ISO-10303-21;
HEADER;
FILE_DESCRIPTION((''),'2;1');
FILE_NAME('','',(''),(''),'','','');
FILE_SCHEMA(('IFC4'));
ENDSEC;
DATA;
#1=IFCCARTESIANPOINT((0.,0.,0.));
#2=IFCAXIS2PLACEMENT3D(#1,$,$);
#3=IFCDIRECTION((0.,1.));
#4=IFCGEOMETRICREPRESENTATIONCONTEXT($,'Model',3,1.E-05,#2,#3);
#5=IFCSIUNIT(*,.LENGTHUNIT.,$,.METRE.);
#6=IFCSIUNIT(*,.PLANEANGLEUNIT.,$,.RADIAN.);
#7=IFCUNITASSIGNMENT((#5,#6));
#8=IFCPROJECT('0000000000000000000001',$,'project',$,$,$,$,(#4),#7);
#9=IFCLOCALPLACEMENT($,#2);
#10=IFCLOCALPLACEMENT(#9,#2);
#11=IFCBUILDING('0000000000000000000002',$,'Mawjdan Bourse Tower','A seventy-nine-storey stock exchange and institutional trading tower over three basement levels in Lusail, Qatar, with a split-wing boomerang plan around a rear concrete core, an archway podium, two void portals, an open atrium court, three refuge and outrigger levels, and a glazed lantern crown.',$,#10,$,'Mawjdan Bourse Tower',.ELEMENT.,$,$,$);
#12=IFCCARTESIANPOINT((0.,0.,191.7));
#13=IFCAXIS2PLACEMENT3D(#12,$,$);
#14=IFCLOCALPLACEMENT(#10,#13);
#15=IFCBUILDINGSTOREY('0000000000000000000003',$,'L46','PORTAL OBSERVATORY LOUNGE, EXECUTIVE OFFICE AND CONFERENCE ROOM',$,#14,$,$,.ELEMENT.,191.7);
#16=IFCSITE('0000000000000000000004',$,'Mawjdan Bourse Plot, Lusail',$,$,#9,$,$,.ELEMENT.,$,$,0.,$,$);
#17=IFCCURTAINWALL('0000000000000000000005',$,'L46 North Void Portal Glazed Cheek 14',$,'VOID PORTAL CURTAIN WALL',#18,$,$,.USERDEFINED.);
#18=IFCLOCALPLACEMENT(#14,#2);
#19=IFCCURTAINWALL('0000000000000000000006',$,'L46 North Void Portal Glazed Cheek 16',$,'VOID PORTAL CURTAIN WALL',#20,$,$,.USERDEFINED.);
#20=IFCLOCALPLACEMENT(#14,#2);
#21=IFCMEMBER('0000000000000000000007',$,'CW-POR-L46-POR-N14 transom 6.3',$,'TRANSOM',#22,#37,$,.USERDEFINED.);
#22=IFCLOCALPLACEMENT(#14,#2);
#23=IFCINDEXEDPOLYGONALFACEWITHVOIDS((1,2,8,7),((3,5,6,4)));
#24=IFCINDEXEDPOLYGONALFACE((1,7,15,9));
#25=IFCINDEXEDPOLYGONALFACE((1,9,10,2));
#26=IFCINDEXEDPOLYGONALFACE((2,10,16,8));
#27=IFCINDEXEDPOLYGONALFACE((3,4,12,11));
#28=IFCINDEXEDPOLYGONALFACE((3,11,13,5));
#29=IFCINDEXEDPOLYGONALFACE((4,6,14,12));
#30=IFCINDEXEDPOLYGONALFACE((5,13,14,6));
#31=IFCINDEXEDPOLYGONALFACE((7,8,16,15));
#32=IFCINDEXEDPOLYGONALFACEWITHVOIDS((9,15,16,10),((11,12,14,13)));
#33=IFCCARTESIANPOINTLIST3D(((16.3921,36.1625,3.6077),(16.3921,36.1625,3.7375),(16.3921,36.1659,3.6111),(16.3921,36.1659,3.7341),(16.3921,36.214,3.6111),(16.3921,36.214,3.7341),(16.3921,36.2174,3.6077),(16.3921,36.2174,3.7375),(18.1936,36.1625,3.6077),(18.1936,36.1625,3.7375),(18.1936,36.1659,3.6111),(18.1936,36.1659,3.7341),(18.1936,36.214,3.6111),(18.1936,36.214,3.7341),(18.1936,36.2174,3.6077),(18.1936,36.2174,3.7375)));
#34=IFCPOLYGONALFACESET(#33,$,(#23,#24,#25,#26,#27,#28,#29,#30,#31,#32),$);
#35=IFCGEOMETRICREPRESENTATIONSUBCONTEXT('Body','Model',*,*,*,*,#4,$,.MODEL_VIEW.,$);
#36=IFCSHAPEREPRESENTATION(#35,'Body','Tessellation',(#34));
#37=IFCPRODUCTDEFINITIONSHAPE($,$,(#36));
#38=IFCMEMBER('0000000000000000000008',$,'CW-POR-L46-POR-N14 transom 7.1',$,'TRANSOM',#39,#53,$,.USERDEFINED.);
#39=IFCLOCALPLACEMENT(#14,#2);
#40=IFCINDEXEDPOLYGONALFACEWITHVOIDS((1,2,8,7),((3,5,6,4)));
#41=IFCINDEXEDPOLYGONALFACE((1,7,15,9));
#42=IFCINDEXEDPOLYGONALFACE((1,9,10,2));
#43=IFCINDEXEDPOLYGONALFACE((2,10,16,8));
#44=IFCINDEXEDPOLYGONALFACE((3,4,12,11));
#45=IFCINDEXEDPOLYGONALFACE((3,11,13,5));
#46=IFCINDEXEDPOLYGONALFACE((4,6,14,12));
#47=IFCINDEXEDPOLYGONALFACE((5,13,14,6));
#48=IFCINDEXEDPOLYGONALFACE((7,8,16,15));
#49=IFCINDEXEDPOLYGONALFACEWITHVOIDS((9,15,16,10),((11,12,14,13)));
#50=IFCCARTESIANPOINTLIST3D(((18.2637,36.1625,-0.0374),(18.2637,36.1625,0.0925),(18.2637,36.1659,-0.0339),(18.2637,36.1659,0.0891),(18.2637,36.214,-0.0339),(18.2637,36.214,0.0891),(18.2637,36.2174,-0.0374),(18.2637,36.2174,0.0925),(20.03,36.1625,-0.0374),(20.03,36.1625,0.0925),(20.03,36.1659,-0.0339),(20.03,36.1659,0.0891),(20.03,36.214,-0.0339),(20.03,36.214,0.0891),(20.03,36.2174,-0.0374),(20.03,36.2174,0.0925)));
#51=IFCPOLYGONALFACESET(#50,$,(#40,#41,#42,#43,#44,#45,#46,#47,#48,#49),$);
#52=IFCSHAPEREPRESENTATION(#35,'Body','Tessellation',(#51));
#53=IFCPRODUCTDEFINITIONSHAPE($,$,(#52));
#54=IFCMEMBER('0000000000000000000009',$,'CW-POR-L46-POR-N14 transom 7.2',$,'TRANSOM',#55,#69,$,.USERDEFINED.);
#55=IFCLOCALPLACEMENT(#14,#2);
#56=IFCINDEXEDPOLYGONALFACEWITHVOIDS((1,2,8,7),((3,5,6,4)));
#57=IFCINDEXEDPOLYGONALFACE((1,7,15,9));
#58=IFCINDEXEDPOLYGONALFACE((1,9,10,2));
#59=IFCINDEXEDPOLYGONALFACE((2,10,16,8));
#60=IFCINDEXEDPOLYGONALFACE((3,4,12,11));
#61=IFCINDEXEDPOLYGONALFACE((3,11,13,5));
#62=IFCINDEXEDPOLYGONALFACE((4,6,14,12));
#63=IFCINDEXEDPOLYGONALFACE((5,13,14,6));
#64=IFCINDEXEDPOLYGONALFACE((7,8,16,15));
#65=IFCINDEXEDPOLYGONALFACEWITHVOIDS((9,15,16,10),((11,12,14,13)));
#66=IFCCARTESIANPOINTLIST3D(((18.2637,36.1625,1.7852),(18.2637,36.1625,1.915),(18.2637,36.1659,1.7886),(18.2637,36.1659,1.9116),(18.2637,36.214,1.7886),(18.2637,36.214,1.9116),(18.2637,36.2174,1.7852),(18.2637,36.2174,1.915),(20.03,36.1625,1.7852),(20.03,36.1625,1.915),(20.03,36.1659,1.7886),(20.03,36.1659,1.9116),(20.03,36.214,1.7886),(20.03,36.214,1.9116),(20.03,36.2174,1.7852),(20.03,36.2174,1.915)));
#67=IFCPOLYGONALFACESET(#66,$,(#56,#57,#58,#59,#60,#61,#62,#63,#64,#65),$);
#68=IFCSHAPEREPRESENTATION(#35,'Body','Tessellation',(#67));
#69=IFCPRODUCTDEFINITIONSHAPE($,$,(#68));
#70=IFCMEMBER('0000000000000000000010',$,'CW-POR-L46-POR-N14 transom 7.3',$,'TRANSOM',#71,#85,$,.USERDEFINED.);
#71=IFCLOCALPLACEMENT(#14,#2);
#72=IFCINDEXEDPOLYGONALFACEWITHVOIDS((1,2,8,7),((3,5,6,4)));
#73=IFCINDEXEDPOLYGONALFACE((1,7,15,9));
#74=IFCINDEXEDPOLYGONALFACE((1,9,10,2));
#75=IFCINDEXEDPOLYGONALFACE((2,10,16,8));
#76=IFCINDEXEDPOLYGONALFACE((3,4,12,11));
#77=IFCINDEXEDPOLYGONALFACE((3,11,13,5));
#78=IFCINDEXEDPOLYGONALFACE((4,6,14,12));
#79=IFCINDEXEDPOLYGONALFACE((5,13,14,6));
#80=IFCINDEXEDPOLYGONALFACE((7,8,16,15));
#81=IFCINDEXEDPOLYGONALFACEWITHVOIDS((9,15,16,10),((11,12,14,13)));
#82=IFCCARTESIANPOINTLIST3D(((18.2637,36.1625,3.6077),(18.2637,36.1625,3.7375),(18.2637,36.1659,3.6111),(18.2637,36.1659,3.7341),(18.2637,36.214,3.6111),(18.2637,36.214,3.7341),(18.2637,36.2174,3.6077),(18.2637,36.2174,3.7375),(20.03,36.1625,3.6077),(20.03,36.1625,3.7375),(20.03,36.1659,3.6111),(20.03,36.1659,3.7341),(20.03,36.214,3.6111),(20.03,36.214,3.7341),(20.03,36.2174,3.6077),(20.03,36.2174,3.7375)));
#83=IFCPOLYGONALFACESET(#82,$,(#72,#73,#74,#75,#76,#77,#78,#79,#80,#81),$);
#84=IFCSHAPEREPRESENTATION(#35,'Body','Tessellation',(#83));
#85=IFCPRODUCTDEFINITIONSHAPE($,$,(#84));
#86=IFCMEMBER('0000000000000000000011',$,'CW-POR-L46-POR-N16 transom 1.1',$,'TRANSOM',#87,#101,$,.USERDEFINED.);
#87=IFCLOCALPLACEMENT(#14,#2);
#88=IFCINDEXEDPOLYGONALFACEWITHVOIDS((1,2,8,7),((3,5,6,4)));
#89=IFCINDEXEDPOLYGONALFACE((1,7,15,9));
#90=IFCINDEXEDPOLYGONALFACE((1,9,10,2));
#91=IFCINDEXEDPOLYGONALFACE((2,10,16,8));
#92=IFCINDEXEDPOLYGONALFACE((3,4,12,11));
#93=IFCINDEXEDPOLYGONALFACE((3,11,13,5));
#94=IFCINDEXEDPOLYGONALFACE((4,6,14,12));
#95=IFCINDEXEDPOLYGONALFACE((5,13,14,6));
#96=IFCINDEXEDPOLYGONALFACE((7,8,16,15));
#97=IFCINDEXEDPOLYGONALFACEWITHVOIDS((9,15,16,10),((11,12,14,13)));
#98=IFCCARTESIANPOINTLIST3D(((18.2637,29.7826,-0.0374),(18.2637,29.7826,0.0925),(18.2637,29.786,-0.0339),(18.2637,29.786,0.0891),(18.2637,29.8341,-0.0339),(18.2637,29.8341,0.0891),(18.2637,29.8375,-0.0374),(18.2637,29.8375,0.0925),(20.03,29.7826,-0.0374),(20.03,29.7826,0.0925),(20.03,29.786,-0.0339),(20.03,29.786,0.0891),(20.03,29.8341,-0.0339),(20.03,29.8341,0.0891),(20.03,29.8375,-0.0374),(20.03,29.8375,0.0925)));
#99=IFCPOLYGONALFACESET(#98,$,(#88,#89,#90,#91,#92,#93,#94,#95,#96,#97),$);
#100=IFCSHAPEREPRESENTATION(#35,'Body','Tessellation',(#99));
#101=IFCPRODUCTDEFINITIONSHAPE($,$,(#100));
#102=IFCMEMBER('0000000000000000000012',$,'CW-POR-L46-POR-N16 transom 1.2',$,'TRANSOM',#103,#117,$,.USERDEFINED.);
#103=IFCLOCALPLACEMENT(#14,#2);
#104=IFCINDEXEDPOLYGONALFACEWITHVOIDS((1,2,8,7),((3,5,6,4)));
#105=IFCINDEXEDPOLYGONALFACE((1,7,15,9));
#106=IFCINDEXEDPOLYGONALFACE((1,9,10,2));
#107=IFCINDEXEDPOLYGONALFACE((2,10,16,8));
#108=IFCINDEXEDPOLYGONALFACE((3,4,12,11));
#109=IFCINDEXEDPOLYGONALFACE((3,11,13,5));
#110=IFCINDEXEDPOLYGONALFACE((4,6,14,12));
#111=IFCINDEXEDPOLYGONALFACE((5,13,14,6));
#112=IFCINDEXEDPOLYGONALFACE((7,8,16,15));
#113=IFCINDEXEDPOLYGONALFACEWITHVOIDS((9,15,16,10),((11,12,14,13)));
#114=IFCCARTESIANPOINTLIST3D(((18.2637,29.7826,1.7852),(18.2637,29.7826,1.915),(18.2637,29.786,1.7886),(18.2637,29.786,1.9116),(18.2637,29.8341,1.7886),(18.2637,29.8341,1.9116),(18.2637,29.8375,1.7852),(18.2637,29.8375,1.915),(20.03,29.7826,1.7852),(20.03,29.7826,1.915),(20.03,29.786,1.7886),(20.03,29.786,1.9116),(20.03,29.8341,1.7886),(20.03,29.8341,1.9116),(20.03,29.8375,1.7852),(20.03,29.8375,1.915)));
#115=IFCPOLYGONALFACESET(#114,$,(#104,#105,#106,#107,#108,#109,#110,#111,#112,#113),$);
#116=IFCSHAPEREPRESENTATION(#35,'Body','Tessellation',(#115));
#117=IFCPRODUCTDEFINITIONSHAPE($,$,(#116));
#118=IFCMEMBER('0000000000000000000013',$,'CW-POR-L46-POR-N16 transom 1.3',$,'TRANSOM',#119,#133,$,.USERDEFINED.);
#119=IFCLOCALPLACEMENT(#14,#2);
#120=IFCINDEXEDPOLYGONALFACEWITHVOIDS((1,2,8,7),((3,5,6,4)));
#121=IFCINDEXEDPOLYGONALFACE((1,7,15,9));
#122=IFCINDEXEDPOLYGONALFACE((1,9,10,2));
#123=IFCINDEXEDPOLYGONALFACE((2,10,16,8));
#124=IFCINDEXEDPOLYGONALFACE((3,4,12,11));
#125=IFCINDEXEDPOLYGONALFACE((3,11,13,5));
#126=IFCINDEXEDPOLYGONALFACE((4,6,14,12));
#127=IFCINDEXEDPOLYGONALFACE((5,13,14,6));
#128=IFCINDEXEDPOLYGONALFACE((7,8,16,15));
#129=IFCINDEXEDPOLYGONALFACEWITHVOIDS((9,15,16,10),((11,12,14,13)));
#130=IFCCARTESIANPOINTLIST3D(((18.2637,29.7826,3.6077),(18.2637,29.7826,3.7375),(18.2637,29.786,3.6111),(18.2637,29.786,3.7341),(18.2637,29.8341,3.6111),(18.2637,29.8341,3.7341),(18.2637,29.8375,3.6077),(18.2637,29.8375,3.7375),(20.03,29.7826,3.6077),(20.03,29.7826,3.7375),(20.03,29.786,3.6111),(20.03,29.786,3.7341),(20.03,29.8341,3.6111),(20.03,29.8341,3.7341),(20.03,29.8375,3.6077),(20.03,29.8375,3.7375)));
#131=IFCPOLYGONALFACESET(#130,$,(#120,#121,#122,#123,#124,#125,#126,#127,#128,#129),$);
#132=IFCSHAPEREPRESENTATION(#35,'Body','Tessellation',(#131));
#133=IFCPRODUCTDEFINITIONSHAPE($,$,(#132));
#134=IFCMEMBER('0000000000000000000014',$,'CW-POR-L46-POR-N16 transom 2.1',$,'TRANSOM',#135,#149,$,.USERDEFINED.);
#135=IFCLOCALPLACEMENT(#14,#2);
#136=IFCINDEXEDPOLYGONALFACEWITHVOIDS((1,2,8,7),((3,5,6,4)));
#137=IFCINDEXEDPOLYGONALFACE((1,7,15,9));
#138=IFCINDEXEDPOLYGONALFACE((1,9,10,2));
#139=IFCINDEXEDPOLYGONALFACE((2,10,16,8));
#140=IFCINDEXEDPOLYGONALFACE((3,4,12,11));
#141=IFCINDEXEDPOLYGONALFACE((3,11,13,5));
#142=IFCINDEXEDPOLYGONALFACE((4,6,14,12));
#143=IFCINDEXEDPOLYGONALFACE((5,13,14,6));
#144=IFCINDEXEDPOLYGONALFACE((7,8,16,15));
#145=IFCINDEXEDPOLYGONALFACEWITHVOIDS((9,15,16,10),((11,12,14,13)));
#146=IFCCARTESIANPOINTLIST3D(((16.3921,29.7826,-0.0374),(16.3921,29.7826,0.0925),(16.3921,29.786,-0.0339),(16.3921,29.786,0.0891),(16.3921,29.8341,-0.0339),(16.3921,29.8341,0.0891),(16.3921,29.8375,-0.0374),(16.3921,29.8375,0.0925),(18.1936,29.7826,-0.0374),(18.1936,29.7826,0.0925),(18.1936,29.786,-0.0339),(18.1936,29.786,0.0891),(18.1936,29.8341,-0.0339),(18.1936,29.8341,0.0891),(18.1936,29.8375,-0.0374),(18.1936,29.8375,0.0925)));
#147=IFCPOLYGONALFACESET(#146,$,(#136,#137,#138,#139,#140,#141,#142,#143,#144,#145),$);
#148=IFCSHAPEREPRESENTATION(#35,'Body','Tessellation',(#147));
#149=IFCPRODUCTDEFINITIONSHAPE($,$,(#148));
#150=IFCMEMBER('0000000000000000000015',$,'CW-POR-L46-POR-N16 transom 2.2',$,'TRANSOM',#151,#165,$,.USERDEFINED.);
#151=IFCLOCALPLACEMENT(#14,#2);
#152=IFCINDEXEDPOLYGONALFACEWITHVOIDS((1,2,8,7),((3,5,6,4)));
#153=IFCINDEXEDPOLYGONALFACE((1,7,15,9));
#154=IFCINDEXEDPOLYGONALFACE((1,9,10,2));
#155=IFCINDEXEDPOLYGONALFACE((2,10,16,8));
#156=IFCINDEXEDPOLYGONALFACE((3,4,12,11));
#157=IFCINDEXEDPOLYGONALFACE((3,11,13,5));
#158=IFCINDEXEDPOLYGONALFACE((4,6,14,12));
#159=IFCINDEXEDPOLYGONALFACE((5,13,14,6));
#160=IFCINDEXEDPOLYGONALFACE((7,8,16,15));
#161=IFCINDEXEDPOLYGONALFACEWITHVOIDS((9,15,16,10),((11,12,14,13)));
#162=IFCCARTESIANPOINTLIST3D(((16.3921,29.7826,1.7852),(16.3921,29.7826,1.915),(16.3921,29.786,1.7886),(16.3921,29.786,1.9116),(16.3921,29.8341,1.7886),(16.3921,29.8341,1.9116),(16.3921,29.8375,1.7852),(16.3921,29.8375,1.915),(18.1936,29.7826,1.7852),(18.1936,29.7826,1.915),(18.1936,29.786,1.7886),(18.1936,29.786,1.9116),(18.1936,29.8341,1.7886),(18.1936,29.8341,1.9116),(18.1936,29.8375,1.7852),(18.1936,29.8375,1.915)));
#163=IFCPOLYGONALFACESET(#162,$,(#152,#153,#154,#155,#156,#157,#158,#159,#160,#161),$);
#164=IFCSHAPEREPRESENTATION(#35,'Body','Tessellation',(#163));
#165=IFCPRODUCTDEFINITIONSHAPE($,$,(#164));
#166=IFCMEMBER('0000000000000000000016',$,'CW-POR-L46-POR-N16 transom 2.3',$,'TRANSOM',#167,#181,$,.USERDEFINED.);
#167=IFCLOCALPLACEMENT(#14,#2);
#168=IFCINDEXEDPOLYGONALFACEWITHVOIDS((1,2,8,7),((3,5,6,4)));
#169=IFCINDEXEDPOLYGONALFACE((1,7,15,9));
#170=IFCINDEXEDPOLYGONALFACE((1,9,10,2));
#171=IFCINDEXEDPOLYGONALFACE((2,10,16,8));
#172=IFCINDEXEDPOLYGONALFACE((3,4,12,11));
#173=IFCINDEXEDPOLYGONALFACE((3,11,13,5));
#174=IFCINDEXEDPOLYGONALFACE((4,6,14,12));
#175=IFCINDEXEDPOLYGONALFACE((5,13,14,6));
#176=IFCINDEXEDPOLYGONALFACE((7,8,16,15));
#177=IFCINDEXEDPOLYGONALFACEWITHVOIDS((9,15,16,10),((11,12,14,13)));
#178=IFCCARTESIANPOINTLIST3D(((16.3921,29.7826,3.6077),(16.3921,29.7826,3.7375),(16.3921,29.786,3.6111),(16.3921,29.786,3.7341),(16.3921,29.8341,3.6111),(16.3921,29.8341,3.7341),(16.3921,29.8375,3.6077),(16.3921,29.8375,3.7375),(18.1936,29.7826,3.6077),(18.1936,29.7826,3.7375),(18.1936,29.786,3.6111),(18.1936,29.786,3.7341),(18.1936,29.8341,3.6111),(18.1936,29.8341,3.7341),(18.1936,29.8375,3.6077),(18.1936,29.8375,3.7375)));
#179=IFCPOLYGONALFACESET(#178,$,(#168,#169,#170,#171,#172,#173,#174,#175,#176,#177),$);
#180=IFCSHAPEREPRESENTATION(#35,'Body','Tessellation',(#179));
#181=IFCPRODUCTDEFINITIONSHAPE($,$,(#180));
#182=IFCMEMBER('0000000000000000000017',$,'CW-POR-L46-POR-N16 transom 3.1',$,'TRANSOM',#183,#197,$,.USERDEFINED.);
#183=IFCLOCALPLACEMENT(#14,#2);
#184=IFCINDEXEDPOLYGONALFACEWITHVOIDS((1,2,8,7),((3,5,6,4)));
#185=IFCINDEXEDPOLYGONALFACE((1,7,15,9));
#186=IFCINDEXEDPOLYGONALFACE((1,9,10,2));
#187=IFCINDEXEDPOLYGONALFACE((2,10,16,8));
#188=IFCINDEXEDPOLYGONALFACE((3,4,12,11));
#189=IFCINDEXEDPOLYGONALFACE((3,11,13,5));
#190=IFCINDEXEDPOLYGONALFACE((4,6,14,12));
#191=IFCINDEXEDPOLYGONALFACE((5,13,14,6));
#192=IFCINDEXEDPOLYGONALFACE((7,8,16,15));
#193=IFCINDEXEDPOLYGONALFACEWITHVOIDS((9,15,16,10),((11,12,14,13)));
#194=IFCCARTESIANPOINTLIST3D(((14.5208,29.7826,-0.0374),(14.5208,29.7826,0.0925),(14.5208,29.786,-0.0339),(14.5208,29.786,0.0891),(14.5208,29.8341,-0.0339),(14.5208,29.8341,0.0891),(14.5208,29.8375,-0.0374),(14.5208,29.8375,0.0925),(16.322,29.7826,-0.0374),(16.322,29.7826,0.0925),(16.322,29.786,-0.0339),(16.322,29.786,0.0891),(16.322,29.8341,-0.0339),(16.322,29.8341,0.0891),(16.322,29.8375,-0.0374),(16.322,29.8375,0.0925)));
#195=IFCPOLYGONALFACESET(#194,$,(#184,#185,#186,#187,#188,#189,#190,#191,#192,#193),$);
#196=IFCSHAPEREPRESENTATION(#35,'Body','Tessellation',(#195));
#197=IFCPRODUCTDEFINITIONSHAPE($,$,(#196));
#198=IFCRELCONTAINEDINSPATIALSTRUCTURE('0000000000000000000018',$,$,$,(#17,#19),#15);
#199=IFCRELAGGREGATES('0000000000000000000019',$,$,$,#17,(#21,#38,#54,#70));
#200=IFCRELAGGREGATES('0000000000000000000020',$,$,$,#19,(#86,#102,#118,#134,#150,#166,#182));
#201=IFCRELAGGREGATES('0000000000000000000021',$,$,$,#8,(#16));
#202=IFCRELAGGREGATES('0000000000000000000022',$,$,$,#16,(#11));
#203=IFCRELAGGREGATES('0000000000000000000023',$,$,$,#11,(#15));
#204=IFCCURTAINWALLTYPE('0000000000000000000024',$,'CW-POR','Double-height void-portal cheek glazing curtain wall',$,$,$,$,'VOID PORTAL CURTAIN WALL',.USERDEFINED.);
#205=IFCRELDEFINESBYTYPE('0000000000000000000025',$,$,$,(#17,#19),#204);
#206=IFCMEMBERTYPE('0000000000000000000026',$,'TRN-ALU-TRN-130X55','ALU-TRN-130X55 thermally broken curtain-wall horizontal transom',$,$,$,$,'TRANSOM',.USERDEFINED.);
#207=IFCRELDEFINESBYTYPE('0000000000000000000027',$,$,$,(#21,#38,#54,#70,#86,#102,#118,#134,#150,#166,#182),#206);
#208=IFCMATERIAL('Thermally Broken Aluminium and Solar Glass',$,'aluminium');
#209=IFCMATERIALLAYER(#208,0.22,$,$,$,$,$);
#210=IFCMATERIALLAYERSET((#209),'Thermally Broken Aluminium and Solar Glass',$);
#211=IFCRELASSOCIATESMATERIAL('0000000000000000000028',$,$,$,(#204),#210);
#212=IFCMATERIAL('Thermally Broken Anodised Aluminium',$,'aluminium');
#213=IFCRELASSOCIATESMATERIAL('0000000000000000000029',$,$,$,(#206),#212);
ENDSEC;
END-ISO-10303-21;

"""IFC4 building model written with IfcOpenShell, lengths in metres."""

from ifc_helpers import new_model, si_unit, direction, frame, origin, origin_2d, place, context, subcontext, project, spatial, hollow_rectangle, extrude, material, layer, layer_set, material_profile, profile_set, type_object, element, aggregate, save


model = new_model("IFC4")

# Units and contexts
model_context = context("Model", 3, precision=1e-05, world=origin(), true_north=direction((0.0, 1.0)))
body_context = subcontext(model_context, "Body", "Model", "MODEL_VIEW")
ifc_project = project(units=[si_unit("LENGTHUNIT", "METRE"), si_unit("PLANEANGLEUNIT", "RADIAN")], contexts=[model_context])

# Site, building, storey
site_placement = place(None, origin())
site = spatial("IfcSite", under=ifc_project, at=site_placement, Name="Mawjdan Bourse Plot, Lusail", CompositionType="ELEMENT", RefElevation=0.0)
building_placement = place(site_placement, origin())
building = spatial("IfcBuilding", under=site, at=building_placement, Name="Mawjdan Bourse Tower", Description="A seventy-nine-storey stock exchange and institutional trading tower over three basement levels in Lusail, Qatar, with a split-wing boomerang plan around a rear concrete core, an archway podium, two void portals, an open atrium court, three refuge and outrigger levels, and a glazed lantern crown.", LongName="Mawjdan Bourse Tower", CompositionType="ELEMENT")
storey_placement = place(building_placement, frame((0.0, 0.0, 191.7)))
storey = spatial("IfcBuildingStorey", under=building, at=storey_placement, Name="L46", Description="PORTAL OBSERVATORY LOUNGE, EXECUTIVE OFFICE AND CONFERENCE ROOM", CompositionType="ELEMENT", Elevation=191.7)

# Curtain walls
ifc_material_1 = material(Name="Thermally Broken Aluminium and Solar Glass", Category="aluminium")
ifc_layer_1 = layer(ifc_material_1, 0.22)
ifc_layer_set_1 = layer_set([ifc_layer_1], Name="Thermally Broken Aluminium and Solar Glass")
curtain_wall_type = type_object("IfcCurtainWallType", Name="CW-POR", Description="Double-height void-portal cheek glazing curtain wall", ElementType="VOID PORTAL CURTAIN WALL", PredefinedType="USERDEFINED", material=ifc_layer_set_1)
curtain_wall_1_placement = place(storey_placement, origin())
curtain_wall_1 = element("IfcCurtainWall", 1, at=curtain_wall_1_placement, inside=storey, type_object=curtain_wall_type, Name="L46 North Void Portal Glazed Cheek 14", ObjectType="VOID PORTAL CURTAIN WALL", PredefinedType="USERDEFINED")
ifc_material_2 = material(Name="Thermally Broken Anodised Aluminium", Category="aluminium")
curtain_wall_2_placement = place(storey_placement, origin())
curtain_wall_2 = element("IfcCurtainWall", 2, at=curtain_wall_2_placement, inside=storey, type_object=curtain_wall_type, Name="L46 North Void Portal Glazed Cheek 16", ObjectType="VOID PORTAL CURTAIN WALL", PredefinedType="USERDEFINED")

# Members
ifc_material_profile_1 = material_profile(ifc_material_2, hollow_rectangle(XDim=0.0549, YDim=0.1299, WallThickness=0.0034, at=origin_2d()), Name="ALU-TRN-130X55")
ifc_profile_set_1 = profile_set([ifc_material_profile_1], Name="Thermally Broken Anodised Aluminium")
member_type_1 = type_object("IfcMemberType", Name="TRN-ALU-TRN-130X55", Description="ALU-TRN-130X55 thermally broken curtain-wall horizontal transom", ElementType="TRANSOM", PredefinedType="USERDEFINED", material=ifc_profile_set_1)
member_1_placement = place(storey_placement, frame((16.3921, 36.1899, 3.6726), z_axis=(1.0, 0.0, 0.0), x_axis=(0.0, 1.0, 0.0)))
member_1 = element("IfcMember", 3, at=member_1_placement, type_object=member_type_1, Name="CW-POR-L46-POR-N14 transom 6.3", ObjectType="TRANSOM", PredefinedType="USERDEFINED", context=body_context, shape_type="SweptSolid", body=[
    extrude(hollow_rectangle(XDim=0.0549, YDim=0.1299, WallThickness=0.0034, at=origin_2d()), origin(), (0.0, 0.0, 1.0), 1.8015),
])
member_2_placement = place(storey_placement, frame((18.2637, 36.1899, 0.0276), z_axis=(1.0, 0.0, 0.0), x_axis=(0.0, 1.0, 0.0)))
member_2 = element("IfcMember", 4, at=member_2_placement, type_object=member_type_1, Name="CW-POR-L46-POR-N14 transom 7.1", ObjectType="TRANSOM", PredefinedType="USERDEFINED", context=body_context, shape_type="SweptSolid", body=[
    extrude(hollow_rectangle(XDim=0.0549, YDim=0.1299, WallThickness=0.0034, at=origin_2d()), origin(), (0.0, 0.0, 1.0), 1.7664),
])
member_3_placement = place(storey_placement, frame((18.2637, 36.1899, 1.8501), z_axis=(1.0, 0.0, 0.0), x_axis=(0.0, 1.0, 0.0)))
member_3 = element("IfcMember", 5, at=member_3_placement, type_object=member_type_1, Name="CW-POR-L46-POR-N14 transom 7.2", ObjectType="TRANSOM", PredefinedType="USERDEFINED", context=body_context, shape_type="SweptSolid", body=[
    extrude(hollow_rectangle(XDim=0.0549, YDim=0.1299, WallThickness=0.0034, at=origin_2d()), origin(), (0.0, 0.0, 1.0), 1.7664),
])
member_4_placement = place(storey_placement, frame((18.2637, 36.1899, 3.6726), z_axis=(1.0, 0.0, 0.0), x_axis=(0.0, 1.0, 0.0)))
member_4 = element("IfcMember", 6, at=member_4_placement, type_object=member_type_1, Name="CW-POR-L46-POR-N14 transom 7.3", ObjectType="TRANSOM", PredefinedType="USERDEFINED", context=body_context, shape_type="SweptSolid", body=[
    extrude(hollow_rectangle(XDim=0.0549, YDim=0.1299, WallThickness=0.0034, at=origin_2d()), origin(), (0.0, 0.0, 1.0), 1.7664),
])
member_5_placement = place(storey_placement, frame((20.03, 29.8101, 0.0276), z_axis=(-1.0, 0.0, 0.0), x_axis=(0.0, -1.0, 0.0)))
member_5 = element("IfcMember", 7, at=member_5_placement, type_object=member_type_1, Name="CW-POR-L46-POR-N16 transom 1.1", ObjectType="TRANSOM", PredefinedType="USERDEFINED", context=body_context, shape_type="SweptSolid", body=[
    extrude(hollow_rectangle(XDim=0.0549, YDim=0.1299, WallThickness=0.0034, at=origin_2d()), origin(), (0.0, 0.0, 1.0), 1.7664),
])
member_6_placement = place(storey_placement, frame((20.03, 29.8101, 1.8501), z_axis=(-1.0, 0.0, 0.0), x_axis=(0.0, -1.0, 0.0)))
member_6 = element("IfcMember", 8, at=member_6_placement, type_object=member_type_1, Name="CW-POR-L46-POR-N16 transom 1.2", ObjectType="TRANSOM", PredefinedType="USERDEFINED", context=body_context, shape_type="SweptSolid", body=[
    extrude(hollow_rectangle(XDim=0.0549, YDim=0.1299, WallThickness=0.0034, at=origin_2d()), origin(), (0.0, 0.0, 1.0), 1.7664),
])
member_7_placement = place(storey_placement, frame((20.03, 29.8101, 3.6726), z_axis=(-1.0, 0.0, 0.0), x_axis=(0.0, -1.0, 0.0)))
member_7 = element("IfcMember", 9, at=member_7_placement, type_object=member_type_1, Name="CW-POR-L46-POR-N16 transom 1.3", ObjectType="TRANSOM", PredefinedType="USERDEFINED", context=body_context, shape_type="SweptSolid", body=[
    extrude(hollow_rectangle(XDim=0.0549, YDim=0.1299, WallThickness=0.0034, at=origin_2d()), origin(), (0.0, 0.0, 1.0), 1.7664),
])
member_8_placement = place(storey_placement, frame((18.1936, 29.8101, 0.0276), z_axis=(-1.0, 0.0, 0.0), x_axis=(0.0, -1.0, 0.0)))
member_8 = element("IfcMember", 10, at=member_8_placement, type_object=member_type_1, Name="CW-POR-L46-POR-N16 transom 2.1", ObjectType="TRANSOM", PredefinedType="USERDEFINED", context=body_context, shape_type="SweptSolid", body=[
    extrude(hollow_rectangle(XDim=0.0549, YDim=0.1299, WallThickness=0.0034, at=origin_2d()), origin(), (0.0, 0.0, 1.0), 1.8015),
])
member_9_placement = place(storey_placement, frame((18.1936, 29.8101, 1.8501), z_axis=(-1.0, 0.0, 0.0), x_axis=(0.0, -1.0, 0.0)))
member_9 = element("IfcMember", 11, at=member_9_placement, type_object=member_type_1, Name="CW-POR-L46-POR-N16 transom 2.2", ObjectType="TRANSOM", PredefinedType="USERDEFINED", context=body_context, shape_type="SweptSolid", body=[
    extrude(hollow_rectangle(XDim=0.0549, YDim=0.1299, WallThickness=0.0034, at=origin_2d()), origin(), (0.0, 0.0, 1.0), 1.8015),
])
member_10_placement = place(storey_placement, frame((18.1936, 29.8101, 3.6726), z_axis=(-1.0, 0.0, 0.0), x_axis=(0.0, -1.0, 0.0)))
member_10 = element("IfcMember", 12, at=member_10_placement, type_object=member_type_1, Name="CW-POR-L46-POR-N16 transom 2.3", ObjectType="TRANSOM", PredefinedType="USERDEFINED", context=body_context, shape_type="SweptSolid", body=[
    extrude(hollow_rectangle(XDim=0.0549, YDim=0.1299, WallThickness=0.0034, at=origin_2d()), origin(), (0.0, 0.0, 1.0), 1.8015),
])
member_11_placement = place(storey_placement, frame((16.322, 29.8101, 0.0276), z_axis=(-1.0, 0.0, 0.0), x_axis=(0.0, -1.0, 0.0)))
member_11 = element("IfcMember", 13, at=member_11_placement, type_object=member_type_1, Name="CW-POR-L46-POR-N16 transom 3.1", ObjectType="TRANSOM", PredefinedType="USERDEFINED", context=body_context, shape_type="SweptSolid", body=[
    extrude(hollow_rectangle(XDim=0.0549, YDim=0.1299, WallThickness=0.0034, at=origin_2d()), origin(), (0.0, 0.0, 1.0), 1.8013),
])

aggregate(curtain_wall_1, [member_1, member_2, member_3, member_4])
aggregate(curtain_wall_2, [member_5, member_6, member_7, member_8, member_9, member_10, member_11])

save(model, "model.ifc")
